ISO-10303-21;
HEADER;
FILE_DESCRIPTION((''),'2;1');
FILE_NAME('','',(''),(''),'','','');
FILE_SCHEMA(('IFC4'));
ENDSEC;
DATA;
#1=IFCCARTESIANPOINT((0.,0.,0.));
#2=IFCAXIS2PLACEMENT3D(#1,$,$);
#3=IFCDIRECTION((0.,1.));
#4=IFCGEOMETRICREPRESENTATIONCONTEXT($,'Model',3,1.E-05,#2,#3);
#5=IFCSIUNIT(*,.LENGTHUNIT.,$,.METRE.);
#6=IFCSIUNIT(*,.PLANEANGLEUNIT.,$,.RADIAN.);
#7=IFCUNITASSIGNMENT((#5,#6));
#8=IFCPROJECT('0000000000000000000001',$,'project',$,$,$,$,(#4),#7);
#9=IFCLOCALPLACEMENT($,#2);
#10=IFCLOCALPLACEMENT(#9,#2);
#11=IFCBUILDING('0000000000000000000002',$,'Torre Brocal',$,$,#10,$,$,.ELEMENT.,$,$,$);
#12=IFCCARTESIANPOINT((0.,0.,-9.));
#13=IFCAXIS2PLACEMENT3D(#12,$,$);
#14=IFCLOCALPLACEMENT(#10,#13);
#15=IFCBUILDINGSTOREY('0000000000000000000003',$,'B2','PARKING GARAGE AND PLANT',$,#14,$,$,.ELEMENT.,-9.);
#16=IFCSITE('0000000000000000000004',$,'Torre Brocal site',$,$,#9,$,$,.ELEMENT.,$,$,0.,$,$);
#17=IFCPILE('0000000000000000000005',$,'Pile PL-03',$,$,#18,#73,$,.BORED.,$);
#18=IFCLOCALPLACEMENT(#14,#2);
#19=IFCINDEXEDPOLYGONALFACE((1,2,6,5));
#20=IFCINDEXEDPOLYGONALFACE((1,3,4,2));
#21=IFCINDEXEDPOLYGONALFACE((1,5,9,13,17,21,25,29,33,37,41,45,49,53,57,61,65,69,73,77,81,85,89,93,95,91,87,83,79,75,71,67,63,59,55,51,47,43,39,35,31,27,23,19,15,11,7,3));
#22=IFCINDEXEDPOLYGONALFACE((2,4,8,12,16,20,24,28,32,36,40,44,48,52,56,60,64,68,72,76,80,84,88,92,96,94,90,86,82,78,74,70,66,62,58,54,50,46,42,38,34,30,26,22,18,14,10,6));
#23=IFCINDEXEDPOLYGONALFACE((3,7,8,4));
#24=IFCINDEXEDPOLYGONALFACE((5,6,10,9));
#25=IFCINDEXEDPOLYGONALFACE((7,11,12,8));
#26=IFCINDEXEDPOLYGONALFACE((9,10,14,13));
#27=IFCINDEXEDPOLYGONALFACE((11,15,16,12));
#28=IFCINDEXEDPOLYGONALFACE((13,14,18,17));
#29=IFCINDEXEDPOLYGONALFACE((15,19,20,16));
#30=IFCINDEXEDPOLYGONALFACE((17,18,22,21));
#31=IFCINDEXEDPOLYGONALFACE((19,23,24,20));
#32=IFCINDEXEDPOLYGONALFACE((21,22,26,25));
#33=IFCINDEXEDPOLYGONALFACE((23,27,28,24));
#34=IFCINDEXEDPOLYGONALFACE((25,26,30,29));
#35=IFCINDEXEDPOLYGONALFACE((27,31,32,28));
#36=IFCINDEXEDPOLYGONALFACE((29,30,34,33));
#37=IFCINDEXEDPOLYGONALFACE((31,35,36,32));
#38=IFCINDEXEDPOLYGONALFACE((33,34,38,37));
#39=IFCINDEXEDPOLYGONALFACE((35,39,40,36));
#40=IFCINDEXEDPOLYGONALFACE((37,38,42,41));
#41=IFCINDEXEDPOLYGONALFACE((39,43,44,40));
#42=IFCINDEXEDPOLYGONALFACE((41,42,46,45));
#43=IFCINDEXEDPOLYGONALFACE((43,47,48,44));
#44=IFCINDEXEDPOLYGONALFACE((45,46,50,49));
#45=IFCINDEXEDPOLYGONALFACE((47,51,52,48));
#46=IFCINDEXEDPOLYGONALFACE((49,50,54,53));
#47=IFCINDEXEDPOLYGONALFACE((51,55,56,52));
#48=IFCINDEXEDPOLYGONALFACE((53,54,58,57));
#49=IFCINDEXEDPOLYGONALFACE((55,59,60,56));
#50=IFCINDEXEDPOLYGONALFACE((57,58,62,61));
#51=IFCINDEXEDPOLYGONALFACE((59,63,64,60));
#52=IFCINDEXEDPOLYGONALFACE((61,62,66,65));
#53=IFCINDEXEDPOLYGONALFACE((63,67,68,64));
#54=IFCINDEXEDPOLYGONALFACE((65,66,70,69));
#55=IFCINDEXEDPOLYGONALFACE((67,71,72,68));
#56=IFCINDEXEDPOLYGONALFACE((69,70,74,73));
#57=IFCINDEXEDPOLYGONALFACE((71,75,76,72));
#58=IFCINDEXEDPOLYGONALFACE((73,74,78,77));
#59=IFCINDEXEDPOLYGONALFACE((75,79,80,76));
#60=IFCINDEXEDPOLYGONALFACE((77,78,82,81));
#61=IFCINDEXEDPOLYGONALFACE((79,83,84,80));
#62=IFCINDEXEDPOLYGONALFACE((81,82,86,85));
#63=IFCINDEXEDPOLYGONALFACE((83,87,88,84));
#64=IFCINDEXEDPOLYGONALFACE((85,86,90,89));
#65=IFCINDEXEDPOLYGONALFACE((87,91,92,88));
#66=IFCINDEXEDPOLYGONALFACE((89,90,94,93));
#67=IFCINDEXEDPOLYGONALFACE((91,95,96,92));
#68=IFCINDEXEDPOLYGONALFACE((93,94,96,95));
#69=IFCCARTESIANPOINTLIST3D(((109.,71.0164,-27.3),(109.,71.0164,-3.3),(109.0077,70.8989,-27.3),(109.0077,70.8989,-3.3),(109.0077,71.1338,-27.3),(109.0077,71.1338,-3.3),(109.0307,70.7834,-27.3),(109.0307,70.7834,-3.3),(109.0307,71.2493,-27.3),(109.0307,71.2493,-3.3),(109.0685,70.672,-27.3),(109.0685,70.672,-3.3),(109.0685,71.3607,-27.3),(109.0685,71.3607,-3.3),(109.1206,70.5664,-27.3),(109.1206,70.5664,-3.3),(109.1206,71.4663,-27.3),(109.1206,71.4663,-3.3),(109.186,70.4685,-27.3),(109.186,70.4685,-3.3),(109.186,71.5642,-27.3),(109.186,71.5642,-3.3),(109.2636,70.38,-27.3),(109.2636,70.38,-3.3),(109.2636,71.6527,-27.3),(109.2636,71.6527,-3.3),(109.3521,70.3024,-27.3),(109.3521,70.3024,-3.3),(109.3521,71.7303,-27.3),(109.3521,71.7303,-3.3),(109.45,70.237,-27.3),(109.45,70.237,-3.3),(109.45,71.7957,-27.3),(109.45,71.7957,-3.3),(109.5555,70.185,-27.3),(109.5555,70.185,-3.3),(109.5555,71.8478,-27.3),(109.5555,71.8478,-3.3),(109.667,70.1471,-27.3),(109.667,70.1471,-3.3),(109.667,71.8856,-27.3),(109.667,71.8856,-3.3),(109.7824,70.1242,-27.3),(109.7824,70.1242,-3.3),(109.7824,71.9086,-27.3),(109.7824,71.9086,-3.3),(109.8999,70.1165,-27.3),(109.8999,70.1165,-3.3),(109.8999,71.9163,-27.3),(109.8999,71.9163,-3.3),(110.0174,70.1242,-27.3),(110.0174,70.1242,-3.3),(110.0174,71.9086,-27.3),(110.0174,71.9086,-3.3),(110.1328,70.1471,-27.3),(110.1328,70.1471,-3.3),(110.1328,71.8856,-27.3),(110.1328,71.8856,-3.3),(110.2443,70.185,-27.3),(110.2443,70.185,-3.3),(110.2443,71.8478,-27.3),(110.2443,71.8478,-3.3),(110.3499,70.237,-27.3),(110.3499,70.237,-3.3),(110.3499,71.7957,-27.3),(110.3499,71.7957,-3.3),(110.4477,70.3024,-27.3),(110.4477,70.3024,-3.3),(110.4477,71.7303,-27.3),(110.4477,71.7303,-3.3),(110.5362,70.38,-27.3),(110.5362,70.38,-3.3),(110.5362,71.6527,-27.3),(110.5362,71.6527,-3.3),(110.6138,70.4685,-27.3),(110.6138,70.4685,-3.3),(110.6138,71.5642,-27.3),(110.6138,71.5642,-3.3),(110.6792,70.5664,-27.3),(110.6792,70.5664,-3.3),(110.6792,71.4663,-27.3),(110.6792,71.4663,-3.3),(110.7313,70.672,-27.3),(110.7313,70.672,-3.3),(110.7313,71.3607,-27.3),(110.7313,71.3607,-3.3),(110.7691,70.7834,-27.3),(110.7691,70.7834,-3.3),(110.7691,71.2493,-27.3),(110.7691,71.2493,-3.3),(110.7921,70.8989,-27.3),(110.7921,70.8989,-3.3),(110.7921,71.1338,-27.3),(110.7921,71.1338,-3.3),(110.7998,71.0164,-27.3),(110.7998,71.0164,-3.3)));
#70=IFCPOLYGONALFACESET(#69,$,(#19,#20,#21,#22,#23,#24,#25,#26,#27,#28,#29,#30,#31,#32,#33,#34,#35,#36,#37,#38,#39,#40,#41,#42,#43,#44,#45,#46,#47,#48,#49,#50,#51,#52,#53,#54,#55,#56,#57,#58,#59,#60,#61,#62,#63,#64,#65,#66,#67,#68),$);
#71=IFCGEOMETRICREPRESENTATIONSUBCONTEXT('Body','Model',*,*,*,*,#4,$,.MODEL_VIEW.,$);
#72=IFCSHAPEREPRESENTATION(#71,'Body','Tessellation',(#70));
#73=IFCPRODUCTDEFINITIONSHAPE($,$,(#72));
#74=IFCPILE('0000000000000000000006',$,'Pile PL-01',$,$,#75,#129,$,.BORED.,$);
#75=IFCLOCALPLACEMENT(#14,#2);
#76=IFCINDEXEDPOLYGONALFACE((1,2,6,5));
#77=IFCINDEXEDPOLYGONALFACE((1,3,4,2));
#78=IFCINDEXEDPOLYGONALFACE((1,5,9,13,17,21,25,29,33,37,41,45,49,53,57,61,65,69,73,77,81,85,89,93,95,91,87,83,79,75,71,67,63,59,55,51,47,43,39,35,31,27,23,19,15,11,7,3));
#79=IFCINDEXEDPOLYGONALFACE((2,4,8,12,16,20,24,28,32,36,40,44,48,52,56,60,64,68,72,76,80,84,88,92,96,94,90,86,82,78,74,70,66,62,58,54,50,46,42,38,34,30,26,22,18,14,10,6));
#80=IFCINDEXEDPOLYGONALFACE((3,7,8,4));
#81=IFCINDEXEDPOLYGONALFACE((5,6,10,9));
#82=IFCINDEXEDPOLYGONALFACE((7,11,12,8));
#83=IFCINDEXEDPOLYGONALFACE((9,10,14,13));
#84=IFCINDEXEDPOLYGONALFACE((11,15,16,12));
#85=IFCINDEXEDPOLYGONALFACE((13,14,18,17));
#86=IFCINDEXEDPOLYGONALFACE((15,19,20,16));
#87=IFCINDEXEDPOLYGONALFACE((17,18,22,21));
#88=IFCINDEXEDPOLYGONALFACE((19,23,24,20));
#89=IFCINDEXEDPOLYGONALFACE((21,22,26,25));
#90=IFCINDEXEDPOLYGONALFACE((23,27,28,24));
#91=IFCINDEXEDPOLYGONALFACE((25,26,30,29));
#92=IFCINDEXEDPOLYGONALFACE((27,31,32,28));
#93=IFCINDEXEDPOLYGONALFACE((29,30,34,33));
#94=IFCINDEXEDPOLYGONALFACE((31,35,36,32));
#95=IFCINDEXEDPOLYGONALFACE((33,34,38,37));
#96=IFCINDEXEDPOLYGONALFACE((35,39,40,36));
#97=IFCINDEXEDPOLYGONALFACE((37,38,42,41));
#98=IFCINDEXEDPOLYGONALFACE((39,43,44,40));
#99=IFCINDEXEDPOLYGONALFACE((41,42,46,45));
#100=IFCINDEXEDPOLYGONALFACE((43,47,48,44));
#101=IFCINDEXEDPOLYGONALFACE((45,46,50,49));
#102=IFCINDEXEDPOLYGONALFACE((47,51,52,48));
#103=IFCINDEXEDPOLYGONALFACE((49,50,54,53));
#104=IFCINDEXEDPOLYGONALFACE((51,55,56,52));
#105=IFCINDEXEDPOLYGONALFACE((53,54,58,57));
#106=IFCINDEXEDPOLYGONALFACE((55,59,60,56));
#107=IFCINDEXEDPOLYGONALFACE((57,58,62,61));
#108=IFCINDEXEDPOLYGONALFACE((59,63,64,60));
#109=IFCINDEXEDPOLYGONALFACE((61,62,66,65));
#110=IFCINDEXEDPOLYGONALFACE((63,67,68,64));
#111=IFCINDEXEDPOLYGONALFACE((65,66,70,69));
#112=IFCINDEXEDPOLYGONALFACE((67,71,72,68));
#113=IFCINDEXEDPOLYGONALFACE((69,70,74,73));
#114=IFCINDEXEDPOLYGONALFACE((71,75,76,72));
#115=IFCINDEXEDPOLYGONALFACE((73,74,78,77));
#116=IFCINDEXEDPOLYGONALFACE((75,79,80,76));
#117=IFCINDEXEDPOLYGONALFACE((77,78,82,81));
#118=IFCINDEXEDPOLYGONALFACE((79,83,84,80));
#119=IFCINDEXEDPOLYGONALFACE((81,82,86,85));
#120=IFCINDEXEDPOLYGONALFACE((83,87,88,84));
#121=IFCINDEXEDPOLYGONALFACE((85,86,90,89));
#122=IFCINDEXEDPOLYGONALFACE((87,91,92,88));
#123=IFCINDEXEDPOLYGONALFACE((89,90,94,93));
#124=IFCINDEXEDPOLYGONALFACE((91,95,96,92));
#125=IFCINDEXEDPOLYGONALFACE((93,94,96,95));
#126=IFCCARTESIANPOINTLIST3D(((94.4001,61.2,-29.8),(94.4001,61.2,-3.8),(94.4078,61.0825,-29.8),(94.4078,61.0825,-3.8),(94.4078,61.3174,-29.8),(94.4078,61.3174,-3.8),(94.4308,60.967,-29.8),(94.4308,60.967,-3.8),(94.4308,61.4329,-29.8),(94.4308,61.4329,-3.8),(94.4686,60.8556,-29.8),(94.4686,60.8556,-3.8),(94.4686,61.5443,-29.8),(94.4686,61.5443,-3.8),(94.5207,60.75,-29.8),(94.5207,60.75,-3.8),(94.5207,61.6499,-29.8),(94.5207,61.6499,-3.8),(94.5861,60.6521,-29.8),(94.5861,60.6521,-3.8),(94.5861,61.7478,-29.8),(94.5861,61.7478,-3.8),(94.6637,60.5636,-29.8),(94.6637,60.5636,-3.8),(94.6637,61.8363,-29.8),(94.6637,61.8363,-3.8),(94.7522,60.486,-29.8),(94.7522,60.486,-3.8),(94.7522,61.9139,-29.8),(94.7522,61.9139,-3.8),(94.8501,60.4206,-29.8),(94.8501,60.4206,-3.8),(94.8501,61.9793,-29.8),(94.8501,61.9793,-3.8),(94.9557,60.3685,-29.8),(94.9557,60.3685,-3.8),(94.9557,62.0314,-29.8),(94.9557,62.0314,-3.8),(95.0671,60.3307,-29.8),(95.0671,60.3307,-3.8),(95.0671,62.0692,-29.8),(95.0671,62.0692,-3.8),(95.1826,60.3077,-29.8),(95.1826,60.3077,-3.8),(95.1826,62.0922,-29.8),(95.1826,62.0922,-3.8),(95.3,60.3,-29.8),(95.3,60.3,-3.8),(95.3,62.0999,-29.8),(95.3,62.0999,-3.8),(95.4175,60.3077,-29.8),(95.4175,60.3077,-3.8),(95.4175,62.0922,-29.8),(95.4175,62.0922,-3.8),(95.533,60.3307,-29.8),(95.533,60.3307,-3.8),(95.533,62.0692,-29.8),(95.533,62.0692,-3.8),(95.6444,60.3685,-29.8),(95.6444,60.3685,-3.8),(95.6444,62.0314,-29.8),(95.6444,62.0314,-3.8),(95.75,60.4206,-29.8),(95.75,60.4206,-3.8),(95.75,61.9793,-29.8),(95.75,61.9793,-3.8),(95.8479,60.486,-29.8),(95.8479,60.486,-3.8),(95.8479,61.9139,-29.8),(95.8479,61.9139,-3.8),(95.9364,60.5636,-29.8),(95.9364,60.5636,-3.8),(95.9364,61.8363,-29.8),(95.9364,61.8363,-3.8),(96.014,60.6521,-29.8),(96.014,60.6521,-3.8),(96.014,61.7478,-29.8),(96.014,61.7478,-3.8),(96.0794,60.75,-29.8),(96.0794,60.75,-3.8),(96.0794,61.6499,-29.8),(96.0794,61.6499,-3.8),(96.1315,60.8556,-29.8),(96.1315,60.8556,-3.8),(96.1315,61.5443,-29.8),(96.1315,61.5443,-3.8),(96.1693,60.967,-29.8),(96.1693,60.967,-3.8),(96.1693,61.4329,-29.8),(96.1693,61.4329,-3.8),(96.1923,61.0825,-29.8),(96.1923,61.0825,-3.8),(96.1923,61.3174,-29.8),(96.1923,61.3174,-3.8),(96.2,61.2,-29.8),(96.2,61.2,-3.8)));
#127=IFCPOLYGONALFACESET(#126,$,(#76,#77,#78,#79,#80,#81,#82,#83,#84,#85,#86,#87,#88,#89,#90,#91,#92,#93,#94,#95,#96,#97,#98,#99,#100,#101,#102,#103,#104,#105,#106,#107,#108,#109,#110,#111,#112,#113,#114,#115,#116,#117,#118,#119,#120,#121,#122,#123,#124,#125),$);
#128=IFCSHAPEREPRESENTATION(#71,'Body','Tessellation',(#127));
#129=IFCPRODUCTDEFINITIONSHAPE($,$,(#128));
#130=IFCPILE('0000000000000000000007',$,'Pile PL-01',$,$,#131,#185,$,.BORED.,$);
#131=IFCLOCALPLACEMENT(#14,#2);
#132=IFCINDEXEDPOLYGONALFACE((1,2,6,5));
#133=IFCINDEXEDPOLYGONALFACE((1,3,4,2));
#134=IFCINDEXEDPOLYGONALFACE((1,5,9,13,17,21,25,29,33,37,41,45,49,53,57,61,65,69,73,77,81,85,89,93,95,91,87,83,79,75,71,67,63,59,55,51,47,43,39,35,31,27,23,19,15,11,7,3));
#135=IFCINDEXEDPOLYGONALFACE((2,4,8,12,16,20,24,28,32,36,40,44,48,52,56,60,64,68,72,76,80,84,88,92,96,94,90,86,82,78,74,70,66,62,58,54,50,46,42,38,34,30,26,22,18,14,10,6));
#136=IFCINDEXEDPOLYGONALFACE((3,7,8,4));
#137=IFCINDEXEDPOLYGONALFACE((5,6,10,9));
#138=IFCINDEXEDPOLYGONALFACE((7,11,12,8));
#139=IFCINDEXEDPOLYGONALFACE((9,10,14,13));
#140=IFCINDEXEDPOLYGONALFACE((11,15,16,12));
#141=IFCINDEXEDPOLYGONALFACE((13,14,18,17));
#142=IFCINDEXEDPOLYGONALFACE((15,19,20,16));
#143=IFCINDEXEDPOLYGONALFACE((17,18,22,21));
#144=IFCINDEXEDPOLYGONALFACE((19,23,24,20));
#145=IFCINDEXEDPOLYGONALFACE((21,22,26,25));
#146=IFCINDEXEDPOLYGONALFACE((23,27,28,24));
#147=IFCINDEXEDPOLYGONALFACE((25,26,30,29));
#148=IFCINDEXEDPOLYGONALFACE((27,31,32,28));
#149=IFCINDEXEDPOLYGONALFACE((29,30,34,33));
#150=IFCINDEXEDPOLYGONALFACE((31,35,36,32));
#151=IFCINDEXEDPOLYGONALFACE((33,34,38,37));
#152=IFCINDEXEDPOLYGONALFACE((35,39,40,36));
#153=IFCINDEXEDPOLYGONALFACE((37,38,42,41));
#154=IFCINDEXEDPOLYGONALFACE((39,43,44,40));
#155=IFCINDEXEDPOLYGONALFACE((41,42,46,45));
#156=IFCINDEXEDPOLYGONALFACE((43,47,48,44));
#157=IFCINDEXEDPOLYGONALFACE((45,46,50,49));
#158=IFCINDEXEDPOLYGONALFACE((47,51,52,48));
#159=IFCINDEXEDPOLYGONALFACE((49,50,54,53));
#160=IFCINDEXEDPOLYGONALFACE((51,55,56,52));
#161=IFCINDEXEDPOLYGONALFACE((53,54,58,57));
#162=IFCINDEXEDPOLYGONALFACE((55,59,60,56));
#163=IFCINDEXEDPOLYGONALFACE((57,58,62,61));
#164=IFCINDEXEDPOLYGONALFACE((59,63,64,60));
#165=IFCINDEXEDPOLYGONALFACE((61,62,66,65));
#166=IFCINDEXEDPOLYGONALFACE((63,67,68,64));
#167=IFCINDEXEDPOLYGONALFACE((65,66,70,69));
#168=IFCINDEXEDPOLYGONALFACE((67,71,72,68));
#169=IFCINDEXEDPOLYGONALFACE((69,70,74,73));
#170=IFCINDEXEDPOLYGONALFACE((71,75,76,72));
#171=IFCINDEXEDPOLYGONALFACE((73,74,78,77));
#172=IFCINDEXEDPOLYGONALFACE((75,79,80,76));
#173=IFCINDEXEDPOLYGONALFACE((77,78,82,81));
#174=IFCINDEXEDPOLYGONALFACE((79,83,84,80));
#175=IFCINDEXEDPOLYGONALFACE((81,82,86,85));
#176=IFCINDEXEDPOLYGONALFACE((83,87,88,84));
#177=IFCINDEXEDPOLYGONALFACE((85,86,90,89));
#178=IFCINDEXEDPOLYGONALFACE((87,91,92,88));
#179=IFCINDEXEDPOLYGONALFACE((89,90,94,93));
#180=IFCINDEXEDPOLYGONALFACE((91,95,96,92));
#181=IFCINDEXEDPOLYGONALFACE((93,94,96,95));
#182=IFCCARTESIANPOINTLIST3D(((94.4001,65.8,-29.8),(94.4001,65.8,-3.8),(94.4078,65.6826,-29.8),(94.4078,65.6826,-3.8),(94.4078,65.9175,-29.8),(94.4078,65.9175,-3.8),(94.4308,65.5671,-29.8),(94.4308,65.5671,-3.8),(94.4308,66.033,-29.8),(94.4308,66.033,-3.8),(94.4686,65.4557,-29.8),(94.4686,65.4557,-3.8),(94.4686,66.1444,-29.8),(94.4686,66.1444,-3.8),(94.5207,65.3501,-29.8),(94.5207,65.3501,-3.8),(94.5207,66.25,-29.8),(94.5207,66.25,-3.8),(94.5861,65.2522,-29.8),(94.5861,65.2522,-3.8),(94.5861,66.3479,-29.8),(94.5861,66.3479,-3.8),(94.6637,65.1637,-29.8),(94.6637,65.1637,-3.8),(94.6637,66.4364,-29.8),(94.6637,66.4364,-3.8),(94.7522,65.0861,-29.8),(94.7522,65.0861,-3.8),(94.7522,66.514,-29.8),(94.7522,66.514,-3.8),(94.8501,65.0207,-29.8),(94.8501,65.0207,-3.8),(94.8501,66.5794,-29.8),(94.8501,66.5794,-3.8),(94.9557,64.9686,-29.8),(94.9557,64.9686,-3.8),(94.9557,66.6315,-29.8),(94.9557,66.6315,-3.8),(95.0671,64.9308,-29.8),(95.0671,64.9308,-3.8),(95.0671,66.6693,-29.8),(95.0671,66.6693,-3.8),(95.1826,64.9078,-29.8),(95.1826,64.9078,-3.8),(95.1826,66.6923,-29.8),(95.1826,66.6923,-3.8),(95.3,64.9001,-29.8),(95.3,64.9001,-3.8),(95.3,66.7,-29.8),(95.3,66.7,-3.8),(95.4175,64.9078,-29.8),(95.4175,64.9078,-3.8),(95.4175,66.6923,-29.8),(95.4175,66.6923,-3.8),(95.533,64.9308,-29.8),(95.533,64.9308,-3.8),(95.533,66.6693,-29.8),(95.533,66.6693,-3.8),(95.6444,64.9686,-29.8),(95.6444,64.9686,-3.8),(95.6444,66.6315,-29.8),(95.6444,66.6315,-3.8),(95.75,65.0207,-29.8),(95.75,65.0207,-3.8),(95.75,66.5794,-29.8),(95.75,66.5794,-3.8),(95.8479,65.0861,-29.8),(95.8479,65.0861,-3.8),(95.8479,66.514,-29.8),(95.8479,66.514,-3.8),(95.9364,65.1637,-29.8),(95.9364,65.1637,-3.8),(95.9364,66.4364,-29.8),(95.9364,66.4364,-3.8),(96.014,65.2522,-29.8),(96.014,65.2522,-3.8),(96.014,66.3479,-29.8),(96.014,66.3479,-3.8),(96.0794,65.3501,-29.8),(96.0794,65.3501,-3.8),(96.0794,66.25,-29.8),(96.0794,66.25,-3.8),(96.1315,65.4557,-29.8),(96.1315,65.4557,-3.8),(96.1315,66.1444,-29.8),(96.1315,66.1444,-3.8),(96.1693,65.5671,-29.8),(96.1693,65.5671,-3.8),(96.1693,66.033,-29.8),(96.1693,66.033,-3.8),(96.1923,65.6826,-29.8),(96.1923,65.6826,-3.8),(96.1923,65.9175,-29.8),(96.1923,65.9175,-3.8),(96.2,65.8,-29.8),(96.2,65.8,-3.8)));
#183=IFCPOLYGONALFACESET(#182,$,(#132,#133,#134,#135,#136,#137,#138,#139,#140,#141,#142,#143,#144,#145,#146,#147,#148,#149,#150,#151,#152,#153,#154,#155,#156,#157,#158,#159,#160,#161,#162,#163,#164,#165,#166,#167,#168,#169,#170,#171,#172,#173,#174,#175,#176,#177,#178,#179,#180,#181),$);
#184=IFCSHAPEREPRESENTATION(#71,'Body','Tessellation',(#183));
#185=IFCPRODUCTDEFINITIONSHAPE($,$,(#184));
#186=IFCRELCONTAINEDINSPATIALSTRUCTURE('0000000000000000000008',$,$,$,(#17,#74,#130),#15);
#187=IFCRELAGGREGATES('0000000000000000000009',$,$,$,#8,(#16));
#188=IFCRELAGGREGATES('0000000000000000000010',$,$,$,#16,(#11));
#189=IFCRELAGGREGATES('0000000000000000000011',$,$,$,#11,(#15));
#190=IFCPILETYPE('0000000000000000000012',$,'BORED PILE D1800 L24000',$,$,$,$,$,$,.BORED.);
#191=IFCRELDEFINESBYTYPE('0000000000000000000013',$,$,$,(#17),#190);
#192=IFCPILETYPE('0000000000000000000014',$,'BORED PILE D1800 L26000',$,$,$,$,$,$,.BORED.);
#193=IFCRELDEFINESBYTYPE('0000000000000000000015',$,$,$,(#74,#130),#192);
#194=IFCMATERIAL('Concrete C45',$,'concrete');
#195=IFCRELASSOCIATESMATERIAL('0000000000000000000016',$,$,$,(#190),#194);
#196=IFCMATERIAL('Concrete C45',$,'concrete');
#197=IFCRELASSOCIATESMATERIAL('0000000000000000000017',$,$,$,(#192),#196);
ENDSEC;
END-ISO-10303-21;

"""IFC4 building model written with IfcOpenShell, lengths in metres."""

from ifc_helpers import new_model, si_unit, direction, frame, origin, origin_2d, place, context, subcontext, project, spatial, circle, extrude, material, material_profile, profile_set, type_object, element, save


model = new_model("IFC4")

# Units and contexts
model_context = context("Model", 3, precision=1e-05, world=origin(), true_north=direction((0.0, 1.0)))
body_context = subcontext(model_context, "Body", "Model", "MODEL_VIEW")
ifc_project = project(units=[si_unit("LENGTHUNIT", "METRE"), si_unit("PLANEANGLEUNIT", "RADIAN")], contexts=[model_context])

# Site, building, storey
site_placement = place(None, origin())
site = spatial("IfcSite", under=ifc_project, at=site_placement, Name="Torre Brocal site", CompositionType="ELEMENT", RefElevation=0.0)
building_placement = place(site_placement, origin())
building = spatial("IfcBuilding", under=site, at=building_placement, Name="Torre Brocal", CompositionType="ELEMENT")
storey_placement = place(building_placement, frame((0.0, 0.0, -9.0)))
storey = spatial("IfcBuildingStorey", under=building, at=storey_placement, Name="B2", Description="PARKING GARAGE AND PLANT", CompositionType="ELEMENT", Elevation=-9.0)

# Piles
ifc_material_1 = material(Name="Concrete C45", Category="concrete")
ifc_material_profile_1 = material_profile(ifc_material_1, circle(Radius=0.8999, at=origin_2d()), Name="BORED PILE D1800")
ifc_profile_set_1 = profile_set([ifc_material_profile_1], Name="Concrete C45")
pile_type_1 = type_object("IfcPileType", Name="BORED PILE D1800 L24000", PredefinedType="BORED", material=ifc_profile_set_1)
pile_placement = place(storey_placement, frame((109.8999, 71.0164, -3.3), z_axis=(0.0, 0.0, -1.0), x_axis=(1.0, 0.0, 0.0)))
element("IfcPile", 1, at=pile_placement, inside=storey, type_object=pile_type_1, Name="Pile PL-03", PredefinedType="BORED", context=body_context, shape_type="SweptSolid", body=[
    extrude(circle(Radius=0.8999, at=origin_2d()), origin(), (0.0, 0.0, 1.0), 24.0),
])
ifc_material_2 = material(Name="Concrete C45", Category="concrete")
ifc_material_profile_2 = material_profile(ifc_material_2, circle(Radius=0.8999, at=origin_2d()), Name="BORED PILE D1800")
ifc_profile_set_2 = profile_set([ifc_material_profile_2], Name="Concrete C45")
pile_type_2 = type_object("IfcPileType", Name="BORED PILE D1800 L26000", PredefinedType="BORED", material=ifc_profile_set_2)
for number, where, z_axis, x_axis, name in (
    (2, (95.3, 61.2, -3.8), (0.0, 0.0, -1.0), (1.0, 0.0, 0.0), "Pile PL-01"),
    (3, (95.3, 65.8, -3.8), (0.0, 0.0, -1.0), (1.0, 0.0, 0.0), "Pile PL-01"),
):
    element("IfcPile", number, at=place(storey_placement, frame(where, z_axis=z_axis, x_axis=x_axis)), inside=storey, type_object=pile_type_2, Name=name, PredefinedType="BORED", context=body_context, shape_type="SweptSolid", body=[
        extrude(circle(Radius=0.8999, at=origin_2d()), origin(), (0.0, 0.0, 1.0), 26.0),
    ])

save(model, "model.ifc")
